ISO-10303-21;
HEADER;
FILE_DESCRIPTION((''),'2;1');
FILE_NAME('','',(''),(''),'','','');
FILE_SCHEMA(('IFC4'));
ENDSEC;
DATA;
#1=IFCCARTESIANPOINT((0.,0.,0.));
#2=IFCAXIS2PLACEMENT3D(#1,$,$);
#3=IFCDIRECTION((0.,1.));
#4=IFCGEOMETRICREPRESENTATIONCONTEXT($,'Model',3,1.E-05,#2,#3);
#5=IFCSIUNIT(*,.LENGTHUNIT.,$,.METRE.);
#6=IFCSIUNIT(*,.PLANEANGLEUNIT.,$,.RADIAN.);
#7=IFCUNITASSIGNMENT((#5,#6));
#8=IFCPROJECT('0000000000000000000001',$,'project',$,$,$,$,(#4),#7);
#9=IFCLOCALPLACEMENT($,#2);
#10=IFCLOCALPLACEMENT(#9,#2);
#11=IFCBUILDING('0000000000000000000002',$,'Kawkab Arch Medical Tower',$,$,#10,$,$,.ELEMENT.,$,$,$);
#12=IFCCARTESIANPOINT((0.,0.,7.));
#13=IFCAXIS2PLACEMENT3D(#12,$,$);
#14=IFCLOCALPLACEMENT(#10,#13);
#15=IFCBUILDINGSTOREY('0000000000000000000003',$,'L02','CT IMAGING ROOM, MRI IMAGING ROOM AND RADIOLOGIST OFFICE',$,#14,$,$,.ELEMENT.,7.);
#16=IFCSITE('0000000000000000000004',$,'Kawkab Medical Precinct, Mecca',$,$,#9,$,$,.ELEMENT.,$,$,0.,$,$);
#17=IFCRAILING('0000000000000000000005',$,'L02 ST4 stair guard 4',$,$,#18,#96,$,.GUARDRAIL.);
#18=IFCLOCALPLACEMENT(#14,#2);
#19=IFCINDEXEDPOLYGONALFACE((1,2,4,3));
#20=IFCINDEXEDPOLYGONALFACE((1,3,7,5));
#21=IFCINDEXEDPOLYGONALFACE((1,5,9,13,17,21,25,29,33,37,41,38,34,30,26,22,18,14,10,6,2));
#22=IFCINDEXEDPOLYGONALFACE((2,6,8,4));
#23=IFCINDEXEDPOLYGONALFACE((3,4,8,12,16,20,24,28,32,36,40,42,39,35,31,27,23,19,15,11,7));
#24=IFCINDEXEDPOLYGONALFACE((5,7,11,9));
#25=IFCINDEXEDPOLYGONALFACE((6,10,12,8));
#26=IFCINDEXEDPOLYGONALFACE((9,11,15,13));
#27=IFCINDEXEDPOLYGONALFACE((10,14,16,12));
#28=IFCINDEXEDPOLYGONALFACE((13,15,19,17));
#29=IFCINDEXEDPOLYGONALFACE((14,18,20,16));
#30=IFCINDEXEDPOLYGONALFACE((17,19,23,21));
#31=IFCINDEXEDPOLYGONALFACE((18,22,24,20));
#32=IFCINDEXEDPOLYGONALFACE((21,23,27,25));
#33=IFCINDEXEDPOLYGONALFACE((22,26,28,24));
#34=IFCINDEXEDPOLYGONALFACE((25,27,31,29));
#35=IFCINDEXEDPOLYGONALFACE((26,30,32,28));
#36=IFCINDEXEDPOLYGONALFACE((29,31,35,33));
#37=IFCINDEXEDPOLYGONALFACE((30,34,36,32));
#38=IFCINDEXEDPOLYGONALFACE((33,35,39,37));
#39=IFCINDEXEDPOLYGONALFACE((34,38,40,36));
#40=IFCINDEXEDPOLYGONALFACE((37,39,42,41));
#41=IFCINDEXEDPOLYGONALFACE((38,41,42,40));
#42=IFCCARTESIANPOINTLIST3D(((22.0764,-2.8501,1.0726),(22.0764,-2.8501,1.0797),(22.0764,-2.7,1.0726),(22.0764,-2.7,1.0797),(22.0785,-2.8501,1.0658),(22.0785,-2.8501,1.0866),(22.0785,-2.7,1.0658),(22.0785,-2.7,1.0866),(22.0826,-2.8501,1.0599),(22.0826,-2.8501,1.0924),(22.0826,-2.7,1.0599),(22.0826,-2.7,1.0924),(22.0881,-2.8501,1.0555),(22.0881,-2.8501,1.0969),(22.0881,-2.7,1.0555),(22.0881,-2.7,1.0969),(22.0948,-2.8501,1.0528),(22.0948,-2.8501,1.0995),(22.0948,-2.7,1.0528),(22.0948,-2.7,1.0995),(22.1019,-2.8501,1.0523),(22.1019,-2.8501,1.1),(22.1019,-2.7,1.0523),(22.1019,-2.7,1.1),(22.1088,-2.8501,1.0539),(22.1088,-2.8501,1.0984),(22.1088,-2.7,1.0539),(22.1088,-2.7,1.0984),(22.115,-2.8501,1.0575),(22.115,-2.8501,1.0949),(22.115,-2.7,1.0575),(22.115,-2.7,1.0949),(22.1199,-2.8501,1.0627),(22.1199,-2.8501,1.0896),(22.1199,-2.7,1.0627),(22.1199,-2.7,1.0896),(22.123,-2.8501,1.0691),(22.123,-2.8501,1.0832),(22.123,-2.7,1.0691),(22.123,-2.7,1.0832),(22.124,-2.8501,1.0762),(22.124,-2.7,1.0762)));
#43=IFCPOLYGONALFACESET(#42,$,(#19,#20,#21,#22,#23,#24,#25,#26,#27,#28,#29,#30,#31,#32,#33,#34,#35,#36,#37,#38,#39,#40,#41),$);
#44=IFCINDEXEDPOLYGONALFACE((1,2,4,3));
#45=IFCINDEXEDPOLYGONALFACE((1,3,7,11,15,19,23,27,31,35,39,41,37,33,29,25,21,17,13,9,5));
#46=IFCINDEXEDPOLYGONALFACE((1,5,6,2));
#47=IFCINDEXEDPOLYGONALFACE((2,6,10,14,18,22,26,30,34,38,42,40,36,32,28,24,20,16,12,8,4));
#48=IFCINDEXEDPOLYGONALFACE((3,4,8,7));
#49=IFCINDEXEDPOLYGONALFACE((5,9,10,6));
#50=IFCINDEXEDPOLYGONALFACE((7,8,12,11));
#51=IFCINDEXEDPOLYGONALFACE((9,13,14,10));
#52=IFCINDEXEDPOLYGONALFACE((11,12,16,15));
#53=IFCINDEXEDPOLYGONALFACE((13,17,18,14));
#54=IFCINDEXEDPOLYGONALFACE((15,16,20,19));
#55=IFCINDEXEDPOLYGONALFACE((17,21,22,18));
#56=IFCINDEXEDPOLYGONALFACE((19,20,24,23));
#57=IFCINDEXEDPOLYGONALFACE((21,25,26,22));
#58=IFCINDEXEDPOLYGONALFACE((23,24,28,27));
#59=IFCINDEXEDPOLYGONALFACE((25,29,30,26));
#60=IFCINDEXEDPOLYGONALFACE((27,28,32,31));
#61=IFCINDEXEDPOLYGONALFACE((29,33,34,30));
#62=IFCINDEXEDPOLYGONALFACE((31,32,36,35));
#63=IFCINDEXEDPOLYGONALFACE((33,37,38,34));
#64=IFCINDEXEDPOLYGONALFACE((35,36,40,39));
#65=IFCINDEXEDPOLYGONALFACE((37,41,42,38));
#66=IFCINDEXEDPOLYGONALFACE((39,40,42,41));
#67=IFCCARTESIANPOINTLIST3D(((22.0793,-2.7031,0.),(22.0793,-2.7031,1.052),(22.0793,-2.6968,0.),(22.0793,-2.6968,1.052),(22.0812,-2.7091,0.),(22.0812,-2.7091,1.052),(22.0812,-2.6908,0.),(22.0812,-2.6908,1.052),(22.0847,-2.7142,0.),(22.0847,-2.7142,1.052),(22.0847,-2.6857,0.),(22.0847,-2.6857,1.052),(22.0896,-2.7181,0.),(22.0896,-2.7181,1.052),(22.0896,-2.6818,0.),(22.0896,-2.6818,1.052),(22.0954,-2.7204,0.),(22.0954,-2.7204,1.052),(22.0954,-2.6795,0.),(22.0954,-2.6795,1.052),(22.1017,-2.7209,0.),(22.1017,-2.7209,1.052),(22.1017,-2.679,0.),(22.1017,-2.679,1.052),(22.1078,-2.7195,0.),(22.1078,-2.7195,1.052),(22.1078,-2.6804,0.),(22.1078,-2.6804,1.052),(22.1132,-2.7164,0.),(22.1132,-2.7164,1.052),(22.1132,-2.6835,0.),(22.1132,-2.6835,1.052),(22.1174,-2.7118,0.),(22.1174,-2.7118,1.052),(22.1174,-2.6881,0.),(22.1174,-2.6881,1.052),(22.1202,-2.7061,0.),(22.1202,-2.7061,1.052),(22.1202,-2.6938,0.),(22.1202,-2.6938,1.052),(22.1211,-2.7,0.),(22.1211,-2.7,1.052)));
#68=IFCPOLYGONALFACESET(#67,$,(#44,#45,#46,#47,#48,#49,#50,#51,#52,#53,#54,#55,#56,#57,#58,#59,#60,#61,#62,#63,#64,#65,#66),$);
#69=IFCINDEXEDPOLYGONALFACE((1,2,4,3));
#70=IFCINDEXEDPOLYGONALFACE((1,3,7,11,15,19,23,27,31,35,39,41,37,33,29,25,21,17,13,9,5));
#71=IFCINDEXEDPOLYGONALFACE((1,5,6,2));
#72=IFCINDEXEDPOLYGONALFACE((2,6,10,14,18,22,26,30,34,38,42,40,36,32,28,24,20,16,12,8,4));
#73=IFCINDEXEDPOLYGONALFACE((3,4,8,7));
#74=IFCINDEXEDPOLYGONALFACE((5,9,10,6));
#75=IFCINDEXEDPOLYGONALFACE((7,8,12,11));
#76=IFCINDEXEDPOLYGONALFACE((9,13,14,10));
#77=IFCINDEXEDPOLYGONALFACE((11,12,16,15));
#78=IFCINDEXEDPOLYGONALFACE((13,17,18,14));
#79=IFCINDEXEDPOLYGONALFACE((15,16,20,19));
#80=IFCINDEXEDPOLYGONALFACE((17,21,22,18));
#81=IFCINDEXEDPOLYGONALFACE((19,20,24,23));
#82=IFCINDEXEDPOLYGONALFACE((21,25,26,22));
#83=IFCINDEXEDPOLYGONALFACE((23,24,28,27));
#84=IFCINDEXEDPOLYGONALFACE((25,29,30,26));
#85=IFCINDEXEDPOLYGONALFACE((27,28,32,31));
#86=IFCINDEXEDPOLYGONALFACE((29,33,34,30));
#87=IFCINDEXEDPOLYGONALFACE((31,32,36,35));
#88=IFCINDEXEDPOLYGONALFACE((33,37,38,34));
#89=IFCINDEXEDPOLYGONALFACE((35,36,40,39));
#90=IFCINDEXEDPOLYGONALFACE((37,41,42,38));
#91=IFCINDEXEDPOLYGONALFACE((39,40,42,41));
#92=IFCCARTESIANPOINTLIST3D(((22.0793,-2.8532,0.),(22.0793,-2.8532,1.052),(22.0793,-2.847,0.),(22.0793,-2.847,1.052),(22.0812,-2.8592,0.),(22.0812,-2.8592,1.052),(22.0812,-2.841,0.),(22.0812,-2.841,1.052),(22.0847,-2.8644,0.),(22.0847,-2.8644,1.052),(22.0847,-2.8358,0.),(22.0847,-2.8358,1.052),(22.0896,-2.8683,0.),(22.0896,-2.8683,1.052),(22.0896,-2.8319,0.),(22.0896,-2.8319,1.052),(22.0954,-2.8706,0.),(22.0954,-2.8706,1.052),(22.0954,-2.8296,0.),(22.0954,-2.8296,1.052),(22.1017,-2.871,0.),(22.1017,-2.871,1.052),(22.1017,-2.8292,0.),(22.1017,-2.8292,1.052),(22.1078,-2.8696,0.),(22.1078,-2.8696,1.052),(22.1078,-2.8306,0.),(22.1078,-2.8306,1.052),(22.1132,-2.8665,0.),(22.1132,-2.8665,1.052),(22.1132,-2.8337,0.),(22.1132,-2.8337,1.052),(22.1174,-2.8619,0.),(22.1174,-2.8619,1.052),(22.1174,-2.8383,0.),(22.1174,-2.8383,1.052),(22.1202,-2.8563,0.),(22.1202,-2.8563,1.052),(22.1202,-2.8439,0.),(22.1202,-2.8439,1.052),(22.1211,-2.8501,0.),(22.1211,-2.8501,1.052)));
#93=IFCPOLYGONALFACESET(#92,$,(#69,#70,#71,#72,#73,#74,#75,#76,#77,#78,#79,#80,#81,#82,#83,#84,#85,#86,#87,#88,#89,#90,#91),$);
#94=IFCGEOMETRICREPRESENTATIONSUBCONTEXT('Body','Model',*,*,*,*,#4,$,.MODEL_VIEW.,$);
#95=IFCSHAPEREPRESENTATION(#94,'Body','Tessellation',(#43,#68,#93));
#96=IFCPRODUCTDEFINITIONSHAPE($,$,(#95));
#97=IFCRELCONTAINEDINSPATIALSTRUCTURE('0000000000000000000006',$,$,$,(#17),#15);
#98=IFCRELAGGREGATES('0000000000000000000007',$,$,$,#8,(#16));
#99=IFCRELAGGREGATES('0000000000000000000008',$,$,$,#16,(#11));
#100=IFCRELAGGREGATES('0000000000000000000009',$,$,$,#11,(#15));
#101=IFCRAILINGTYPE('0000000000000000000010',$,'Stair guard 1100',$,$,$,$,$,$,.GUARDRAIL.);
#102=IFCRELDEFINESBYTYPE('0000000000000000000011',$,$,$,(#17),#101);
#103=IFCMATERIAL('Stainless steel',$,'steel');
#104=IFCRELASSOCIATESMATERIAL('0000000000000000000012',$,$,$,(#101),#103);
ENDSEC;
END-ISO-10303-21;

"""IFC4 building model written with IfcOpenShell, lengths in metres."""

from ifc_helpers import new_model, si_unit, direction, frame, origin, origin_2d, place, context, subcontext, project, spatial, circle, extrude, material, type_object, element, save


model = new_model("IFC4")

# Units and contexts
model_context = context("Model", 3, precision=1e-05, world=origin(), true_north=direction((0.0, 1.0)))
body_context = subcontext(model_context, "Body", "Model", "MODEL_VIEW")
ifc_project = project(units=[si_unit("LENGTHUNIT", "METRE"), si_unit("PLANEANGLEUNIT", "RADIAN")], contexts=[model_context])

# Site, building, storey
site_placement = place(None, origin())
site = spatial("IfcSite", under=ifc_project, at=site_placement, Name="Kawkab Medical Precinct, Mecca", CompositionType="ELEMENT", RefElevation=0.0)
building_placement = place(site_placement, origin())
building = spatial("IfcBuilding", under=site, at=building_placement, Name="Kawkab Arch Medical Tower", CompositionType="ELEMENT")
storey_placement = place(building_placement, frame((0.0, 0.0, 7.0)))
storey = spatial("IfcBuildingStorey", under=building, at=storey_placement, Name="L02", Description="CT IMAGING ROOM, MRI IMAGING ROOM AND RADIOLOGIST OFFICE", CompositionType="ELEMENT", Elevation=7.0)

# Railing
ifc_material_1 = material(Name="Stainless steel", Category="steel")
railing_type = type_object("IfcRailingType", Name="Stair guard 1100", PredefinedType="GUARDRAIL", material=ifc_material_1)
railing_1_placement = place(storey_placement, frame((22.1001, -2.7, 0.0)))
element("IfcRailing", 1, at=railing_1_placement, inside=storey, type_object=railing_type, Name="L02 ST4 stair guard 4", PredefinedType="GUARDRAIL", context=body_context, shape_type="SweptSolid", body=[
    extrude(circle(Radius=0.0239, at=origin_2d()), frame((0.0, 0.0, 1.0762), z_axis=(0.0, -1.0, 0.0), x_axis=(1.0, 0.0, 0.0)), (0.0, 0.0, 1.0), 0.1501),
    extrude(circle(Radius=0.021, at=origin_2d()), origin(), (0.0, 0.0, 1.0), 1.052),
    extrude(circle(Radius=0.021, at=origin_2d()), frame((0.0, -0.1501, 0.0)), (0.0, 0.0, 1.0), 1.052),
])

save(model, "model.ifc")
